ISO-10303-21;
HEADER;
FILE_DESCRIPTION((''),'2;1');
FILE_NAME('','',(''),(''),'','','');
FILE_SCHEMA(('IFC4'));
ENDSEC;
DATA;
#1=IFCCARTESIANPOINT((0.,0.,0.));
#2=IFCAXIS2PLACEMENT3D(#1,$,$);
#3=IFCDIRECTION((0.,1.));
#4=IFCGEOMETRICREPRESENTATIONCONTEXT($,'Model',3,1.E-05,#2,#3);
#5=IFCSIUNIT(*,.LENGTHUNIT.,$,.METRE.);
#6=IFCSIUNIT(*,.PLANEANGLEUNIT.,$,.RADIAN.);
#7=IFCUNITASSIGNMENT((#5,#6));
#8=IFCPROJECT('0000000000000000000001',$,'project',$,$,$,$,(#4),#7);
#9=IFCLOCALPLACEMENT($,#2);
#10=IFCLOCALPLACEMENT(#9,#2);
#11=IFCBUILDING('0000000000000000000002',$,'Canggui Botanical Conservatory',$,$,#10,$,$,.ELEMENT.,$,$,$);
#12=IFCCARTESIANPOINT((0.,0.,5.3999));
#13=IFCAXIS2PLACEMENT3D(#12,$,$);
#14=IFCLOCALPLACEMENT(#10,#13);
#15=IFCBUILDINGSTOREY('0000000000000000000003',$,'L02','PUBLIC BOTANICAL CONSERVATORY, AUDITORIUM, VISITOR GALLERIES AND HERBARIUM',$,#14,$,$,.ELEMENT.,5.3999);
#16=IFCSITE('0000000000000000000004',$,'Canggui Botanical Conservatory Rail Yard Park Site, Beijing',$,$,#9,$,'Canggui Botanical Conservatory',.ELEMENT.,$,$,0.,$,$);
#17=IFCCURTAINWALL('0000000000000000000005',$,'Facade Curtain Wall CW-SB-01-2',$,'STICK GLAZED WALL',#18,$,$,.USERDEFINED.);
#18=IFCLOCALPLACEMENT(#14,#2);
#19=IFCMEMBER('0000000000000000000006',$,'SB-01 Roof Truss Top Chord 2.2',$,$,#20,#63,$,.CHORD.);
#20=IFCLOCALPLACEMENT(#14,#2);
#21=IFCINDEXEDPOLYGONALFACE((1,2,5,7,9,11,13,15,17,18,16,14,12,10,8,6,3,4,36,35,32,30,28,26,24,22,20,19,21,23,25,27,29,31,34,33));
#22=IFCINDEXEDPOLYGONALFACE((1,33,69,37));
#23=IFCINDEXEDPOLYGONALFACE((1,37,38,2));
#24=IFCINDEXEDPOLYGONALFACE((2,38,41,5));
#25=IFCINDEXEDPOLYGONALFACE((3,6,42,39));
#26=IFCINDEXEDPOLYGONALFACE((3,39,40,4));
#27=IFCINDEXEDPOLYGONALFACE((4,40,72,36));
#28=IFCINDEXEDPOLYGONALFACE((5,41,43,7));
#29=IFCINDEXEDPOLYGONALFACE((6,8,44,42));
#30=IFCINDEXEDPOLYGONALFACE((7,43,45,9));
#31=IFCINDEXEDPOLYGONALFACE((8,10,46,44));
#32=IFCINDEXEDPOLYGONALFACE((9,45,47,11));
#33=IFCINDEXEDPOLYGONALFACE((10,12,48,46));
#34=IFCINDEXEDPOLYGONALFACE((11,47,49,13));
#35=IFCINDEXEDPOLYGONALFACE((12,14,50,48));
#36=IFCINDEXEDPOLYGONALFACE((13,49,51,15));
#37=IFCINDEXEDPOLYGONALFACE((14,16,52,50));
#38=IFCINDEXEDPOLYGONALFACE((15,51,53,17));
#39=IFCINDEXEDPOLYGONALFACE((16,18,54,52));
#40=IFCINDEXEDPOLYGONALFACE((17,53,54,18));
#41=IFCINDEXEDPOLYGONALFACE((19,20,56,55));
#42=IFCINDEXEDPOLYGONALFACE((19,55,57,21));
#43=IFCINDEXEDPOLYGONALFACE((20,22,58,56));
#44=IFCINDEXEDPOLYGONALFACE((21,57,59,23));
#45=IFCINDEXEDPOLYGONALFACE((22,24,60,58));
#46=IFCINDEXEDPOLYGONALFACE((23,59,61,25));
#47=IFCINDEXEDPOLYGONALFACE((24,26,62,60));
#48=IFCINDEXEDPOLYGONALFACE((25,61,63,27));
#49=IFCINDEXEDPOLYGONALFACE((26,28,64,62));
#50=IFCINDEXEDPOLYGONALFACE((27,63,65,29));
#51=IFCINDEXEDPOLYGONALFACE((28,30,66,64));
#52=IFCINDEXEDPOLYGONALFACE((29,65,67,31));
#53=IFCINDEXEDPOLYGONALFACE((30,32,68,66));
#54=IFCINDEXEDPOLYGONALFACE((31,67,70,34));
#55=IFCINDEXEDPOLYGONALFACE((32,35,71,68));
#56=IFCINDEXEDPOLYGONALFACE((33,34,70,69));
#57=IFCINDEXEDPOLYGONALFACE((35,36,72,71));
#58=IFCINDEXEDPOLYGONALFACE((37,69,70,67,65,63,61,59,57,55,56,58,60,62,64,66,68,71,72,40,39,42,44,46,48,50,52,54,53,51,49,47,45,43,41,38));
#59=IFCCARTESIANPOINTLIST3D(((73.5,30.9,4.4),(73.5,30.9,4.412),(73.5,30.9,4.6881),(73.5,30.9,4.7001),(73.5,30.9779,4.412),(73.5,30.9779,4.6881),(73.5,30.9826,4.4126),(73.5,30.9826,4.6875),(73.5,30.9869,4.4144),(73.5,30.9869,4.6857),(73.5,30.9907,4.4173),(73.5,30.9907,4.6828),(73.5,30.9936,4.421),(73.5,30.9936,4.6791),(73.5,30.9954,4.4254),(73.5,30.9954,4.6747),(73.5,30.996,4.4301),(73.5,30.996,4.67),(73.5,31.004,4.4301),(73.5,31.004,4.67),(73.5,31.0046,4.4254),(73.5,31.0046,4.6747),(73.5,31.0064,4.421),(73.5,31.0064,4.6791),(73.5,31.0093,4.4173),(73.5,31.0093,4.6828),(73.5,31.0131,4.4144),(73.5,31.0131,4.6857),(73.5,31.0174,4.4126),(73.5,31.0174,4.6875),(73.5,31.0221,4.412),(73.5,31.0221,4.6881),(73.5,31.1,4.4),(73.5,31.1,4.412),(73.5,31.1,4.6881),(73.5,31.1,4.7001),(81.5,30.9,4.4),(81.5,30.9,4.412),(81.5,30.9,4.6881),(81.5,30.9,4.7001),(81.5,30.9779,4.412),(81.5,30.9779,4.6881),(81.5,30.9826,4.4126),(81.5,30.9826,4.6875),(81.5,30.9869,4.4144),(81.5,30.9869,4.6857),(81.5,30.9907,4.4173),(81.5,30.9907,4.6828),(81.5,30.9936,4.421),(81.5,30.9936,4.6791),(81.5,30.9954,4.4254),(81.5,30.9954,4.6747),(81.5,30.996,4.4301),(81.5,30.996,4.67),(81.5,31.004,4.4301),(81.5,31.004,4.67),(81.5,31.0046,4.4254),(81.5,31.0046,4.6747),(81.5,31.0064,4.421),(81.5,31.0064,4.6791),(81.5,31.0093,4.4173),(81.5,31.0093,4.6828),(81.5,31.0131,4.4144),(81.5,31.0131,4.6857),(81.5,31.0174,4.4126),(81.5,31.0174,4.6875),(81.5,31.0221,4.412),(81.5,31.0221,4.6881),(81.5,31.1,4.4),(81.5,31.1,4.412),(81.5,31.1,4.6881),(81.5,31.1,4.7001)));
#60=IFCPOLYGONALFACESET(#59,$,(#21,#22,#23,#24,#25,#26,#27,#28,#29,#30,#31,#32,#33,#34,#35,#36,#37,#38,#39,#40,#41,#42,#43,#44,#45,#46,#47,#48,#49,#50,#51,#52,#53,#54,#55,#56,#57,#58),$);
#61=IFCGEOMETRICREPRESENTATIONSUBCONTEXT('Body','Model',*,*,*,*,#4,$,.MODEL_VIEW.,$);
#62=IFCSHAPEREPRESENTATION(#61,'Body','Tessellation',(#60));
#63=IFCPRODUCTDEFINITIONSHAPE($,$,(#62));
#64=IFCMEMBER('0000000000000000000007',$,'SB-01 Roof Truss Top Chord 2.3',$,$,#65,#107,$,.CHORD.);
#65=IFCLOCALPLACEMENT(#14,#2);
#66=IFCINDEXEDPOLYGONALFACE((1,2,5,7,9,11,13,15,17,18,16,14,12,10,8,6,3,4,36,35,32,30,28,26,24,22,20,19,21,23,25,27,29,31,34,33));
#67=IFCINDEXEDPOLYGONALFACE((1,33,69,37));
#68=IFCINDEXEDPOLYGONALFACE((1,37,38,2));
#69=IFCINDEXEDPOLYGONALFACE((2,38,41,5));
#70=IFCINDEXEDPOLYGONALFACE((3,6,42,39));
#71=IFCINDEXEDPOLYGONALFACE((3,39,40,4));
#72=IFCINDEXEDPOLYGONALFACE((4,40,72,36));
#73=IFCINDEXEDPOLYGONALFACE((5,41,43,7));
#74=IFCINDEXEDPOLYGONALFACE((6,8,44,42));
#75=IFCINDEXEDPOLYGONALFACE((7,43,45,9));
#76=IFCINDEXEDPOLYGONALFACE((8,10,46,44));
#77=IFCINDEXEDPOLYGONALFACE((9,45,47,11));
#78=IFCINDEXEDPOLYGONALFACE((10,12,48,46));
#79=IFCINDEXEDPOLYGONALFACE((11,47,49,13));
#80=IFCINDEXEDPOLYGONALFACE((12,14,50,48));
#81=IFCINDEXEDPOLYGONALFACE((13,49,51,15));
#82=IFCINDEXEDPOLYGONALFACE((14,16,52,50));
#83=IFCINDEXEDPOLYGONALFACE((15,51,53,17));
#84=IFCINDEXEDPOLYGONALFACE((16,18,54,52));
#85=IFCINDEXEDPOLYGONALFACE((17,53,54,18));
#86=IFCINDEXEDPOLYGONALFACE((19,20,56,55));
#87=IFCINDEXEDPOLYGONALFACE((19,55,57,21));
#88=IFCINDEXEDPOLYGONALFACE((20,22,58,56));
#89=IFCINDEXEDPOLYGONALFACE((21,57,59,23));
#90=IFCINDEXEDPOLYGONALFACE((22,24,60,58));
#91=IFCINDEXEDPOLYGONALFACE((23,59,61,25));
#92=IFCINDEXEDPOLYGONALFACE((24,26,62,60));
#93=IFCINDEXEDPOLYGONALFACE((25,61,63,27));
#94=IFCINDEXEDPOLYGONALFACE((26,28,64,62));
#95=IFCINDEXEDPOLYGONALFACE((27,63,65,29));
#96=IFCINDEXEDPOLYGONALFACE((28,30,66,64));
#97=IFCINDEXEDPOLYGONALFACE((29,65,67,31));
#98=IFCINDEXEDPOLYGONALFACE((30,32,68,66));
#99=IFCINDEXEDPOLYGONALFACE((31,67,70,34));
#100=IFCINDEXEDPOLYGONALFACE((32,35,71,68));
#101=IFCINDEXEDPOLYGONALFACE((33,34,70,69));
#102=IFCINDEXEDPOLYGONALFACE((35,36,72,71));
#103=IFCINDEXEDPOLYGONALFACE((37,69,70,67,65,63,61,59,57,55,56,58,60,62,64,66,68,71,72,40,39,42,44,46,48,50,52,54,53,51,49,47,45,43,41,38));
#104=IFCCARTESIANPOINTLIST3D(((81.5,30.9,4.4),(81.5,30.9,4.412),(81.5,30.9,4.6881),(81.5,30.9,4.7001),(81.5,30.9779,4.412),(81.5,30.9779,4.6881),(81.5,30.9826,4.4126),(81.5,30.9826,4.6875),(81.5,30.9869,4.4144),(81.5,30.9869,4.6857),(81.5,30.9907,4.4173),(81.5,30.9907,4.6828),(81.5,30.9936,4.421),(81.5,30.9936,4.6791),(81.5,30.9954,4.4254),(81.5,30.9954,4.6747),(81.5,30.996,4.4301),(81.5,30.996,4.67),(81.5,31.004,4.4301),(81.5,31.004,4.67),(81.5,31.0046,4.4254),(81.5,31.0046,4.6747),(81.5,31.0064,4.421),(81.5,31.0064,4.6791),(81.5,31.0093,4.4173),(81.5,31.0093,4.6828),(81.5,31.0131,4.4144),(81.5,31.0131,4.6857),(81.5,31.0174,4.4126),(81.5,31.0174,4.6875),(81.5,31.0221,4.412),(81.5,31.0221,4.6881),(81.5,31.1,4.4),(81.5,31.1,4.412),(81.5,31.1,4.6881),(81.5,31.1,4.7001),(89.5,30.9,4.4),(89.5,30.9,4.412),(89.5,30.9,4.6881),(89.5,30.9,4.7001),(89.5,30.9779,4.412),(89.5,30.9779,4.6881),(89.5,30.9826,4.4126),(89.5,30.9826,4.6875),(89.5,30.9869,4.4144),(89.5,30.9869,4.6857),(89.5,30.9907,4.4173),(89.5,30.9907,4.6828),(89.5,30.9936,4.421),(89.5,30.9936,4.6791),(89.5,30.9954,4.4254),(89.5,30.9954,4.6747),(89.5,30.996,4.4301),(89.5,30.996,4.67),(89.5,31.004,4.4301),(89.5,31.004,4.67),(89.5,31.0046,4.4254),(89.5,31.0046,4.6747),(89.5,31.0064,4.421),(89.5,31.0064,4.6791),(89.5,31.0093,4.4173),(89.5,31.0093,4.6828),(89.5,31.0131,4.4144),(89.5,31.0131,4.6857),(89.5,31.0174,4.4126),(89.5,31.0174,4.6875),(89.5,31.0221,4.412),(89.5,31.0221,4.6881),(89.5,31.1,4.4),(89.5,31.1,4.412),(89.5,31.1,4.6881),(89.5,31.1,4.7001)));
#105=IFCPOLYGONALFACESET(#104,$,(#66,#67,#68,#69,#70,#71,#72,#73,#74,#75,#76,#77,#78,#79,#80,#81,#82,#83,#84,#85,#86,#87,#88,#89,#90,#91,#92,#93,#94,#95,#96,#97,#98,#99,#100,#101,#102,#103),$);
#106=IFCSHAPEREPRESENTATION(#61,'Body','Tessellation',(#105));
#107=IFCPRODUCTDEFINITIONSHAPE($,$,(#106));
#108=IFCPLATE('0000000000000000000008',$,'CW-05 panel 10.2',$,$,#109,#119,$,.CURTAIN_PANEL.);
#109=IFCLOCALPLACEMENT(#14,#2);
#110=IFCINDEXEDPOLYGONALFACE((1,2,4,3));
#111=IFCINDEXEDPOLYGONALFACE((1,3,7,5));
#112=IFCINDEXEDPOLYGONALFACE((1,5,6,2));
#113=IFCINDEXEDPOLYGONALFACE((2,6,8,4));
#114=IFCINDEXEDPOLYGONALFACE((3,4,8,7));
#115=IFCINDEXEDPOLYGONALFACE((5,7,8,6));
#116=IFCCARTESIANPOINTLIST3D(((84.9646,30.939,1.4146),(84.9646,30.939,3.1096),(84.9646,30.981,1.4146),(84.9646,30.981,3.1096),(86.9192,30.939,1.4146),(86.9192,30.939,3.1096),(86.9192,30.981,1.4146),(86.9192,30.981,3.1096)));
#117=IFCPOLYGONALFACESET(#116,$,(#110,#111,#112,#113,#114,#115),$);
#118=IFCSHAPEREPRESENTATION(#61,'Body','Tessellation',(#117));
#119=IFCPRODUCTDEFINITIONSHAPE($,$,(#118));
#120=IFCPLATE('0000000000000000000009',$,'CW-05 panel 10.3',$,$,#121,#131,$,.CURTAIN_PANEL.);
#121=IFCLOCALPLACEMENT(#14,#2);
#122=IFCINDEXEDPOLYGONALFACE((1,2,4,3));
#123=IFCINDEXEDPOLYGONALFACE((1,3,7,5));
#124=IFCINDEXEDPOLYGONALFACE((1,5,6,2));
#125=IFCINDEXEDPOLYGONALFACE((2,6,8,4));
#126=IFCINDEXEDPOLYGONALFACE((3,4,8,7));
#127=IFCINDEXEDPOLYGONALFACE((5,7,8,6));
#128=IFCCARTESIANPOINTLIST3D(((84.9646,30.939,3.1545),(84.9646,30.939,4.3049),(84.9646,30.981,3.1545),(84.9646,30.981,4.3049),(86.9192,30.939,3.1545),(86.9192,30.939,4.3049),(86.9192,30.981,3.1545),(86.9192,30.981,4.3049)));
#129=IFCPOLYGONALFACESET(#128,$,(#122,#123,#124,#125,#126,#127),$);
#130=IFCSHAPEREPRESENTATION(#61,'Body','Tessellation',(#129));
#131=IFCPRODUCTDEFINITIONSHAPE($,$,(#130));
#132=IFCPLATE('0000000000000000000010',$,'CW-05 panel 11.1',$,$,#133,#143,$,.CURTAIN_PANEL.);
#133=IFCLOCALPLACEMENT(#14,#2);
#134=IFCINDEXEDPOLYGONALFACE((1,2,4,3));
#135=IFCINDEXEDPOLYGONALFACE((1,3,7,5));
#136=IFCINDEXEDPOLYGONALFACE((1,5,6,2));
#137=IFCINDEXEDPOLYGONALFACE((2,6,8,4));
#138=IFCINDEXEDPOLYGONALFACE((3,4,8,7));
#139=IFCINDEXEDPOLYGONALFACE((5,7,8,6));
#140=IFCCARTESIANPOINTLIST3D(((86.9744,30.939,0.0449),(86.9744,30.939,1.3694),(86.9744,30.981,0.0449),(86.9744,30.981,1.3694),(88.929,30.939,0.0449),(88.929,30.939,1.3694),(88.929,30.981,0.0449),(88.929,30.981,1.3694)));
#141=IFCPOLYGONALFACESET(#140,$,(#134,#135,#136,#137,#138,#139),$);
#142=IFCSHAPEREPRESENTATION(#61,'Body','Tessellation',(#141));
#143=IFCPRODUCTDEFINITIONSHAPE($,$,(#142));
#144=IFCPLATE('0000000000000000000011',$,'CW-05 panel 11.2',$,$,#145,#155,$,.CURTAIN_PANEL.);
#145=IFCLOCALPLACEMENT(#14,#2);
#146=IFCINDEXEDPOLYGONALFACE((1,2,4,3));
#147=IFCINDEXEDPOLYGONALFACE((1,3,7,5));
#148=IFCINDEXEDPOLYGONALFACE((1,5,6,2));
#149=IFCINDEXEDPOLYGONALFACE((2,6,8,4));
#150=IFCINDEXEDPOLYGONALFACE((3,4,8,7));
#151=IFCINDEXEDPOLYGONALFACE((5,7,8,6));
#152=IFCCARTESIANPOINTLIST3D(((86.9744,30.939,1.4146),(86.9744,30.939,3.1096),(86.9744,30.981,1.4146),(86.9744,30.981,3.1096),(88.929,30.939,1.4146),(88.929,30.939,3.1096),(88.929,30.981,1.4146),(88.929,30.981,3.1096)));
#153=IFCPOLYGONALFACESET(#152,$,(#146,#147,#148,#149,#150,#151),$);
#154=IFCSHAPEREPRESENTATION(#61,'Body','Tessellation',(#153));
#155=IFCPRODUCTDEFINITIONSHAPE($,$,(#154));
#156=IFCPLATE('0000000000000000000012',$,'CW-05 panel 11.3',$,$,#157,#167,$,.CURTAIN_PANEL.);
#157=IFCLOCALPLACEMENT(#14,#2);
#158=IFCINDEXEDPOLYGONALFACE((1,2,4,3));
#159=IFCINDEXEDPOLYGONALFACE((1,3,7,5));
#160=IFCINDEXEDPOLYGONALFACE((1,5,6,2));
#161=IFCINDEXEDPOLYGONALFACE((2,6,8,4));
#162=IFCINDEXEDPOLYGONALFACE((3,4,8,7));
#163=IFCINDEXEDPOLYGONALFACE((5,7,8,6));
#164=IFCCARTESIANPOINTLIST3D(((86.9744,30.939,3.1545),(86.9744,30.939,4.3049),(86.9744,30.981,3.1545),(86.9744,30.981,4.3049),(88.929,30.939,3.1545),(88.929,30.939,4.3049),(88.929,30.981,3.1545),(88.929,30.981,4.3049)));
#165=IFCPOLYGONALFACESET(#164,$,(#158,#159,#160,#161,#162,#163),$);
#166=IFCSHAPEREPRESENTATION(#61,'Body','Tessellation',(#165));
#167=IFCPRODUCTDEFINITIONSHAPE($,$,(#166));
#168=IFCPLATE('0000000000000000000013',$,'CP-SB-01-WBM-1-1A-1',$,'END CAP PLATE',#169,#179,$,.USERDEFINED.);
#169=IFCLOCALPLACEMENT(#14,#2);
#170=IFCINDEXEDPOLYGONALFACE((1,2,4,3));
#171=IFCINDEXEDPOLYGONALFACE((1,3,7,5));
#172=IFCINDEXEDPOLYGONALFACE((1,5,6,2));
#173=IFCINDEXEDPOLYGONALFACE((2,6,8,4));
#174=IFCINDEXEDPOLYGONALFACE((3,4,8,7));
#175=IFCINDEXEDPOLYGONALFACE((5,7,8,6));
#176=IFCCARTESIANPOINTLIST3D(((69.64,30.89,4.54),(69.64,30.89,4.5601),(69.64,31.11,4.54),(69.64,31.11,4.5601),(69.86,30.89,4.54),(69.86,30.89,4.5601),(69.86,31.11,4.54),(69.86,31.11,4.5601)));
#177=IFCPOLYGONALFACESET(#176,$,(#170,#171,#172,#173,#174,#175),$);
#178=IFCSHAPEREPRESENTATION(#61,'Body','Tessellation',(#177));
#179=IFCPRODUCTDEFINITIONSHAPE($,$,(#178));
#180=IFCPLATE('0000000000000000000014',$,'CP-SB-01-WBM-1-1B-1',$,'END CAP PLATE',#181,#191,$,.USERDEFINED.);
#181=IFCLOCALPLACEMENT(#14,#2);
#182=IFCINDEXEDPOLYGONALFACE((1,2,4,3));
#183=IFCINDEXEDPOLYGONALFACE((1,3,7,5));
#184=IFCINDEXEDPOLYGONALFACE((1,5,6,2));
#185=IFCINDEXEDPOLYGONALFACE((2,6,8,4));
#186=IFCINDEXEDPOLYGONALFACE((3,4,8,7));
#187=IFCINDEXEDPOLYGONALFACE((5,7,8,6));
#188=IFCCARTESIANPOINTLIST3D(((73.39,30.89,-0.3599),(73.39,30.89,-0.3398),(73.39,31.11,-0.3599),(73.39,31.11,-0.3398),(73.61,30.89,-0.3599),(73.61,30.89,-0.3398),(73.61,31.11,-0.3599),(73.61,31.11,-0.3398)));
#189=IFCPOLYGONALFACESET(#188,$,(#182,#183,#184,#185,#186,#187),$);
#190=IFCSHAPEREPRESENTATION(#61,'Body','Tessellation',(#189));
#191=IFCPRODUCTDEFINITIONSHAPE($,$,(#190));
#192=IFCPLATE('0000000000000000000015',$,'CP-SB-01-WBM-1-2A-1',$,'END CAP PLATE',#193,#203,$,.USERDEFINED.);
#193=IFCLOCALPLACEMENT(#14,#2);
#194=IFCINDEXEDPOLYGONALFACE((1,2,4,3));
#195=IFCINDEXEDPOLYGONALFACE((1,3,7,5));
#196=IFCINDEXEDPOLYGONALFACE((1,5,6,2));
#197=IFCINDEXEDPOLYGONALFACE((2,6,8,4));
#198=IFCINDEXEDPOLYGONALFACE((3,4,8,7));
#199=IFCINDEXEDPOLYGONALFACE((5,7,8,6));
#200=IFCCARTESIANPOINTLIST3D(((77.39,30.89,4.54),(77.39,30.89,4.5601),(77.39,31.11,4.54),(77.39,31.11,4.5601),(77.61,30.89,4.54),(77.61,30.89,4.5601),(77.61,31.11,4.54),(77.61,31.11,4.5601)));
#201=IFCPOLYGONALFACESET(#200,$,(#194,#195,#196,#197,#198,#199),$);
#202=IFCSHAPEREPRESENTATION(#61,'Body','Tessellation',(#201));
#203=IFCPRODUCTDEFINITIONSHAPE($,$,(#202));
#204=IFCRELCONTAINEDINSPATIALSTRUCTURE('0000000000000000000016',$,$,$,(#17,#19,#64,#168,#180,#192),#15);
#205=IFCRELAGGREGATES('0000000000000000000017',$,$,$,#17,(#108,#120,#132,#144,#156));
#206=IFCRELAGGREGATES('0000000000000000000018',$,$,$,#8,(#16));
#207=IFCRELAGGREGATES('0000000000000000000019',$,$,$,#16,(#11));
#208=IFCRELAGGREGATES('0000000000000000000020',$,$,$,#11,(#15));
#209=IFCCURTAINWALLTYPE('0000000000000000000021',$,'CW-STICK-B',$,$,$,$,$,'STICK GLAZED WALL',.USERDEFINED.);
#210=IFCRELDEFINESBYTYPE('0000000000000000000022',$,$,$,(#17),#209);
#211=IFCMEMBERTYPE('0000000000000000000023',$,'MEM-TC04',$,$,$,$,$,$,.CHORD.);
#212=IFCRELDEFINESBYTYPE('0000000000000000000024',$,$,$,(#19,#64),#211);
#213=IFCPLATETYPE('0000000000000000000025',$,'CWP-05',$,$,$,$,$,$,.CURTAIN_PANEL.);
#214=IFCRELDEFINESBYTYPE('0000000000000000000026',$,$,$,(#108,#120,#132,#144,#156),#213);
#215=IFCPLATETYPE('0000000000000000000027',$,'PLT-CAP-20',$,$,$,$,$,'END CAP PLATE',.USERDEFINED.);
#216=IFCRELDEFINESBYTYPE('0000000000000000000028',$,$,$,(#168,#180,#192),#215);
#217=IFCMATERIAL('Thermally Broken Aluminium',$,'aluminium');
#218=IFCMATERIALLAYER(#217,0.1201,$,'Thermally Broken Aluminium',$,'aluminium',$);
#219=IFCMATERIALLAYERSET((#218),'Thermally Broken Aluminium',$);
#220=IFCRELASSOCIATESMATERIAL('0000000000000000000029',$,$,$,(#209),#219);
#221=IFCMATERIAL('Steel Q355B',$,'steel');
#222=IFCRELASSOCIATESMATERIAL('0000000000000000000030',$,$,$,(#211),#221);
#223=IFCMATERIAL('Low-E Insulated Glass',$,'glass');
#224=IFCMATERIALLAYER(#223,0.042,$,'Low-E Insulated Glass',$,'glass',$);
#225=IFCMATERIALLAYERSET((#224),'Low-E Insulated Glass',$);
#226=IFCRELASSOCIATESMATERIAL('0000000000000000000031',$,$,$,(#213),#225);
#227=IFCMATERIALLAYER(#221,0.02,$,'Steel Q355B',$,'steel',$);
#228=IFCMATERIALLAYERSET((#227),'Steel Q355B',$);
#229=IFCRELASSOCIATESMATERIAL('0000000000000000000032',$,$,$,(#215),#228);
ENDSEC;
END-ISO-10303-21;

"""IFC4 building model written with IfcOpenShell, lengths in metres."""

from ifc_helpers import new_model, si_unit, direction, frame, origin, origin_2d, place, context, subcontext, project, spatial, rectangle, i_section, extrude, material, layer, layer_set, material_profile, profile_set, type_object, element, aggregate, save


model = new_model("IFC4")

# Units and contexts
model_context = context("Model", 3, precision=1e-05, world=origin(), true_north=direction((0.0, 1.0)))
body_context = subcontext(model_context, "Body", "Model", "MODEL_VIEW")
ifc_project = project(units=[si_unit("LENGTHUNIT", "METRE"), si_unit("PLANEANGLEUNIT", "RADIAN")], contexts=[model_context])

# Site, building, storey
site_placement = place(None, origin())
site = spatial("IfcSite", under=ifc_project, at=site_placement, Name="Canggui Botanical Conservatory Rail Yard Park Site, Beijing", LongName="Canggui Botanical Conservatory", CompositionType="ELEMENT", RefElevation=0.0)
building_placement = place(site_placement, origin())
building = spatial("IfcBuilding", under=site, at=building_placement, Name="Canggui Botanical Conservatory", CompositionType="ELEMENT")
storey_placement = place(building_placement, frame((0.0, 0.0, 5.3999)))
storey = spatial("IfcBuildingStorey", under=building, at=storey_placement, Name="L02", Description="PUBLIC BOTANICAL CONSERVATORY, AUDITORIUM, VISITOR GALLERIES AND HERBARIUM", CompositionType="ELEMENT", Elevation=5.3999)

# Shared definitions
ifc_material_1 = material(Name="Steel Q355B", Category="steel")

# Curtain wall
ifc_material_2 = material(Name="Thermally Broken Aluminium", Category="aluminium")
ifc_layer_1 = layer(ifc_material_2, 0.1201, Name="Thermally Broken Aluminium", Category="aluminium")
ifc_layer_set_1 = layer_set([ifc_layer_1], Name="Thermally Broken Aluminium")
curtain_wall_type_1 = type_object("IfcCurtainWallType", Name="CW-STICK-B", ElementType="STICK GLAZED WALL", PredefinedType="USERDEFINED", material=ifc_layer_set_1)
curtain_wall_1_placement = place(storey_placement, origin())
curtain_wall_1 = element("IfcCurtainWall", 1, at=curtain_wall_1_placement, inside=storey, type_object=curtain_wall_type_1, Name="Facade Curtain Wall CW-SB-01-2", ObjectType="STICK GLAZED WALL", PredefinedType="USERDEFINED")

# Members
ifc_material_profile_1 = material_profile(ifc_material_1, i_section(OverallWidth=0.2, OverallDepth=0.3, WebThickness=0.0081, FlangeThickness=0.012, FilletRadius=0.0181, at=origin_2d()), Name="HM 300x200x8x12")
ifc_profile_set_1 = profile_set([ifc_material_profile_1], Name="Steel Q355B")
member_type_1 = type_object("IfcMemberType", Name="MEM-TC04", PredefinedType="CHORD", material=ifc_profile_set_1)
for number, where, z_axis, x_axis, name in (
    (2, (73.5, 31.0, 4.55), (1.0, 0.0, 0.0), (0.0, 1.0, 0.0), "SB-01 Roof Truss Top Chord 2.2"),
    (3, (81.5, 31.0, 4.55), (1.0, 0.0, 0.0), (0.0, 1.0, 0.0), "SB-01 Roof Truss Top Chord 2.3"),
):
    element("IfcMember", number, at=place(storey_placement, frame(where, z_axis=z_axis, x_axis=x_axis)), inside=storey, type_object=member_type_1, Name=name, PredefinedType="CHORD", context=body_context, shape_type="SweptSolid", body=[
        extrude(i_section(OverallWidth=0.2, OverallDepth=0.3, WebThickness=0.0081, FlangeThickness=0.012, FilletRadius=0.0181, at=origin_2d()), origin(), (0.0, 0.0, 1.0), 8.0),
    ])

# Plates
ifc_material_3 = material(Name="Low-E Insulated Glass", Category="glass")
ifc_layer_2 = layer(ifc_material_3, 0.042, Name="Low-E Insulated Glass", Category="glass")
ifc_layer_set_2 = layer_set([ifc_layer_2], Name="Low-E Insulated Glass")
plate_type_1 = type_object("IfcPlateType", Name="CWP-05", PredefinedType="CURTAIN_PANEL", material=ifc_layer_set_2)
plate_1_placement = place(storey_placement, frame((85.9419, 30.96, 1.4146), z_axis=(0.0, 0.0, 1.0), x_axis=(1.0, 0.0, 0.0)))
plate_1 = element("IfcPlate", 4, at=plate_1_placement, type_object=plate_type_1, Name="CW-05 panel 10.2", PredefinedType="CURTAIN_PANEL", context=body_context, shape_type="SweptSolid", body=[
    extrude(rectangle(XDim=1.9546, YDim=0.042, at=origin_2d()), origin(), (0.0, 0.0, 1.0), 1.6951),
])
plate_2_placement = place(storey_placement, frame((85.9419, 30.96, 3.1545), z_axis=(0.0, 0.0, 1.0), x_axis=(1.0, 0.0, 0.0)))
plate_2 = element("IfcPlate", 5, at=plate_2_placement, type_object=plate_type_1, Name="CW-05 panel 10.3", PredefinedType="CURTAIN_PANEL", context=body_context, shape_type="SweptSolid", body=[
    extrude(rectangle(XDim=1.9546, YDim=0.042, at=origin_2d()), origin(), (0.0, 0.0, 1.0), 1.1504),
])
plate_3_placement = place(storey_placement, frame((87.9517, 30.96, 0.0449), z_axis=(0.0, 0.0, 1.0), x_axis=(1.0, 0.0, 0.0)))
plate_3 = element("IfcPlate", 6, at=plate_3_placement, type_object=plate_type_1, Name="CW-05 panel 11.1", PredefinedType="CURTAIN_PANEL", context=body_context, shape_type="SweptSolid", body=[
    extrude(rectangle(XDim=1.9546, YDim=0.042, at=origin_2d()), origin(), (0.0, 0.0, 1.0), 1.3245),
])
plate_4_placement = place(storey_placement, frame((87.9517, 30.96, 1.4146), z_axis=(0.0, 0.0, 1.0), x_axis=(1.0, 0.0, 0.0)))
plate_4 = element("IfcPlate", 7, at=plate_4_placement, type_object=plate_type_1, Name="CW-05 panel 11.2", PredefinedType="CURTAIN_PANEL", context=body_context, shape_type="SweptSolid", body=[
    extrude(rectangle(XDim=1.9546, YDim=0.042, at=origin_2d()), origin(), (0.0, 0.0, 1.0), 1.6951),
])
plate_5_placement = place(storey_placement, frame((87.9517, 30.96, 3.1545), z_axis=(0.0, 0.0, 1.0), x_axis=(1.0, 0.0, 0.0)))
plate_5 = element("IfcPlate", 8, at=plate_5_placement, type_object=plate_type_1, Name="CW-05 panel 11.3", PredefinedType="CURTAIN_PANEL", context=body_context, shape_type="SweptSolid", body=[
    extrude(rectangle(XDim=1.9546, YDim=0.042, at=origin_2d()), origin(), (0.0, 0.0, 1.0), 1.1504),
])
aggregate(curtain_wall_1, [plate_1, plate_2, plate_3, plate_4, plate_5])

# Plates
ifc_layer_3 = layer(ifc_material_1, 0.02, Name="Steel Q355B", Category="steel")
ifc_layer_set_3 = layer_set([ifc_layer_3], Name="Steel Q355B")
plate_type_2 = type_object("IfcPlateType", Name="PLT-CAP-20", ElementType="END CAP PLATE", PredefinedType="USERDEFINED", material=ifc_layer_set_3)
for number, where, z_axis, x_axis, name in (
    (9, (69.75, 31.0, 4.54), (0.0, 0.0, 1.0), (1.0, 0.0, 0.0), "CP-SB-01-WBM-1-1A-1"),
    (10, (73.5, 31.0, -0.3599), (0.0, 0.0, 1.0), (1.0, 0.0, 0.0), "CP-SB-01-WBM-1-1B-1"),
    (11, (77.5, 31.0, 4.54), (0.0, 0.0, 1.0), (1.0, 0.0, 0.0), "CP-SB-01-WBM-1-2A-1"),
):
    element("IfcPlate", number, at=place(storey_placement, frame(where, z_axis=z_axis, x_axis=x_axis)), inside=storey, type_object=plate_type_2, Name=name, ObjectType="END CAP PLATE", PredefinedType="USERDEFINED", context=body_context, shape_type="SweptSolid", body=[
        extrude(rectangle(XDim=0.22, YDim=0.22, at=origin_2d()), origin(), (0.0, 0.0, 1.0), 0.02),
    ])

save(model, "model.ifc")
